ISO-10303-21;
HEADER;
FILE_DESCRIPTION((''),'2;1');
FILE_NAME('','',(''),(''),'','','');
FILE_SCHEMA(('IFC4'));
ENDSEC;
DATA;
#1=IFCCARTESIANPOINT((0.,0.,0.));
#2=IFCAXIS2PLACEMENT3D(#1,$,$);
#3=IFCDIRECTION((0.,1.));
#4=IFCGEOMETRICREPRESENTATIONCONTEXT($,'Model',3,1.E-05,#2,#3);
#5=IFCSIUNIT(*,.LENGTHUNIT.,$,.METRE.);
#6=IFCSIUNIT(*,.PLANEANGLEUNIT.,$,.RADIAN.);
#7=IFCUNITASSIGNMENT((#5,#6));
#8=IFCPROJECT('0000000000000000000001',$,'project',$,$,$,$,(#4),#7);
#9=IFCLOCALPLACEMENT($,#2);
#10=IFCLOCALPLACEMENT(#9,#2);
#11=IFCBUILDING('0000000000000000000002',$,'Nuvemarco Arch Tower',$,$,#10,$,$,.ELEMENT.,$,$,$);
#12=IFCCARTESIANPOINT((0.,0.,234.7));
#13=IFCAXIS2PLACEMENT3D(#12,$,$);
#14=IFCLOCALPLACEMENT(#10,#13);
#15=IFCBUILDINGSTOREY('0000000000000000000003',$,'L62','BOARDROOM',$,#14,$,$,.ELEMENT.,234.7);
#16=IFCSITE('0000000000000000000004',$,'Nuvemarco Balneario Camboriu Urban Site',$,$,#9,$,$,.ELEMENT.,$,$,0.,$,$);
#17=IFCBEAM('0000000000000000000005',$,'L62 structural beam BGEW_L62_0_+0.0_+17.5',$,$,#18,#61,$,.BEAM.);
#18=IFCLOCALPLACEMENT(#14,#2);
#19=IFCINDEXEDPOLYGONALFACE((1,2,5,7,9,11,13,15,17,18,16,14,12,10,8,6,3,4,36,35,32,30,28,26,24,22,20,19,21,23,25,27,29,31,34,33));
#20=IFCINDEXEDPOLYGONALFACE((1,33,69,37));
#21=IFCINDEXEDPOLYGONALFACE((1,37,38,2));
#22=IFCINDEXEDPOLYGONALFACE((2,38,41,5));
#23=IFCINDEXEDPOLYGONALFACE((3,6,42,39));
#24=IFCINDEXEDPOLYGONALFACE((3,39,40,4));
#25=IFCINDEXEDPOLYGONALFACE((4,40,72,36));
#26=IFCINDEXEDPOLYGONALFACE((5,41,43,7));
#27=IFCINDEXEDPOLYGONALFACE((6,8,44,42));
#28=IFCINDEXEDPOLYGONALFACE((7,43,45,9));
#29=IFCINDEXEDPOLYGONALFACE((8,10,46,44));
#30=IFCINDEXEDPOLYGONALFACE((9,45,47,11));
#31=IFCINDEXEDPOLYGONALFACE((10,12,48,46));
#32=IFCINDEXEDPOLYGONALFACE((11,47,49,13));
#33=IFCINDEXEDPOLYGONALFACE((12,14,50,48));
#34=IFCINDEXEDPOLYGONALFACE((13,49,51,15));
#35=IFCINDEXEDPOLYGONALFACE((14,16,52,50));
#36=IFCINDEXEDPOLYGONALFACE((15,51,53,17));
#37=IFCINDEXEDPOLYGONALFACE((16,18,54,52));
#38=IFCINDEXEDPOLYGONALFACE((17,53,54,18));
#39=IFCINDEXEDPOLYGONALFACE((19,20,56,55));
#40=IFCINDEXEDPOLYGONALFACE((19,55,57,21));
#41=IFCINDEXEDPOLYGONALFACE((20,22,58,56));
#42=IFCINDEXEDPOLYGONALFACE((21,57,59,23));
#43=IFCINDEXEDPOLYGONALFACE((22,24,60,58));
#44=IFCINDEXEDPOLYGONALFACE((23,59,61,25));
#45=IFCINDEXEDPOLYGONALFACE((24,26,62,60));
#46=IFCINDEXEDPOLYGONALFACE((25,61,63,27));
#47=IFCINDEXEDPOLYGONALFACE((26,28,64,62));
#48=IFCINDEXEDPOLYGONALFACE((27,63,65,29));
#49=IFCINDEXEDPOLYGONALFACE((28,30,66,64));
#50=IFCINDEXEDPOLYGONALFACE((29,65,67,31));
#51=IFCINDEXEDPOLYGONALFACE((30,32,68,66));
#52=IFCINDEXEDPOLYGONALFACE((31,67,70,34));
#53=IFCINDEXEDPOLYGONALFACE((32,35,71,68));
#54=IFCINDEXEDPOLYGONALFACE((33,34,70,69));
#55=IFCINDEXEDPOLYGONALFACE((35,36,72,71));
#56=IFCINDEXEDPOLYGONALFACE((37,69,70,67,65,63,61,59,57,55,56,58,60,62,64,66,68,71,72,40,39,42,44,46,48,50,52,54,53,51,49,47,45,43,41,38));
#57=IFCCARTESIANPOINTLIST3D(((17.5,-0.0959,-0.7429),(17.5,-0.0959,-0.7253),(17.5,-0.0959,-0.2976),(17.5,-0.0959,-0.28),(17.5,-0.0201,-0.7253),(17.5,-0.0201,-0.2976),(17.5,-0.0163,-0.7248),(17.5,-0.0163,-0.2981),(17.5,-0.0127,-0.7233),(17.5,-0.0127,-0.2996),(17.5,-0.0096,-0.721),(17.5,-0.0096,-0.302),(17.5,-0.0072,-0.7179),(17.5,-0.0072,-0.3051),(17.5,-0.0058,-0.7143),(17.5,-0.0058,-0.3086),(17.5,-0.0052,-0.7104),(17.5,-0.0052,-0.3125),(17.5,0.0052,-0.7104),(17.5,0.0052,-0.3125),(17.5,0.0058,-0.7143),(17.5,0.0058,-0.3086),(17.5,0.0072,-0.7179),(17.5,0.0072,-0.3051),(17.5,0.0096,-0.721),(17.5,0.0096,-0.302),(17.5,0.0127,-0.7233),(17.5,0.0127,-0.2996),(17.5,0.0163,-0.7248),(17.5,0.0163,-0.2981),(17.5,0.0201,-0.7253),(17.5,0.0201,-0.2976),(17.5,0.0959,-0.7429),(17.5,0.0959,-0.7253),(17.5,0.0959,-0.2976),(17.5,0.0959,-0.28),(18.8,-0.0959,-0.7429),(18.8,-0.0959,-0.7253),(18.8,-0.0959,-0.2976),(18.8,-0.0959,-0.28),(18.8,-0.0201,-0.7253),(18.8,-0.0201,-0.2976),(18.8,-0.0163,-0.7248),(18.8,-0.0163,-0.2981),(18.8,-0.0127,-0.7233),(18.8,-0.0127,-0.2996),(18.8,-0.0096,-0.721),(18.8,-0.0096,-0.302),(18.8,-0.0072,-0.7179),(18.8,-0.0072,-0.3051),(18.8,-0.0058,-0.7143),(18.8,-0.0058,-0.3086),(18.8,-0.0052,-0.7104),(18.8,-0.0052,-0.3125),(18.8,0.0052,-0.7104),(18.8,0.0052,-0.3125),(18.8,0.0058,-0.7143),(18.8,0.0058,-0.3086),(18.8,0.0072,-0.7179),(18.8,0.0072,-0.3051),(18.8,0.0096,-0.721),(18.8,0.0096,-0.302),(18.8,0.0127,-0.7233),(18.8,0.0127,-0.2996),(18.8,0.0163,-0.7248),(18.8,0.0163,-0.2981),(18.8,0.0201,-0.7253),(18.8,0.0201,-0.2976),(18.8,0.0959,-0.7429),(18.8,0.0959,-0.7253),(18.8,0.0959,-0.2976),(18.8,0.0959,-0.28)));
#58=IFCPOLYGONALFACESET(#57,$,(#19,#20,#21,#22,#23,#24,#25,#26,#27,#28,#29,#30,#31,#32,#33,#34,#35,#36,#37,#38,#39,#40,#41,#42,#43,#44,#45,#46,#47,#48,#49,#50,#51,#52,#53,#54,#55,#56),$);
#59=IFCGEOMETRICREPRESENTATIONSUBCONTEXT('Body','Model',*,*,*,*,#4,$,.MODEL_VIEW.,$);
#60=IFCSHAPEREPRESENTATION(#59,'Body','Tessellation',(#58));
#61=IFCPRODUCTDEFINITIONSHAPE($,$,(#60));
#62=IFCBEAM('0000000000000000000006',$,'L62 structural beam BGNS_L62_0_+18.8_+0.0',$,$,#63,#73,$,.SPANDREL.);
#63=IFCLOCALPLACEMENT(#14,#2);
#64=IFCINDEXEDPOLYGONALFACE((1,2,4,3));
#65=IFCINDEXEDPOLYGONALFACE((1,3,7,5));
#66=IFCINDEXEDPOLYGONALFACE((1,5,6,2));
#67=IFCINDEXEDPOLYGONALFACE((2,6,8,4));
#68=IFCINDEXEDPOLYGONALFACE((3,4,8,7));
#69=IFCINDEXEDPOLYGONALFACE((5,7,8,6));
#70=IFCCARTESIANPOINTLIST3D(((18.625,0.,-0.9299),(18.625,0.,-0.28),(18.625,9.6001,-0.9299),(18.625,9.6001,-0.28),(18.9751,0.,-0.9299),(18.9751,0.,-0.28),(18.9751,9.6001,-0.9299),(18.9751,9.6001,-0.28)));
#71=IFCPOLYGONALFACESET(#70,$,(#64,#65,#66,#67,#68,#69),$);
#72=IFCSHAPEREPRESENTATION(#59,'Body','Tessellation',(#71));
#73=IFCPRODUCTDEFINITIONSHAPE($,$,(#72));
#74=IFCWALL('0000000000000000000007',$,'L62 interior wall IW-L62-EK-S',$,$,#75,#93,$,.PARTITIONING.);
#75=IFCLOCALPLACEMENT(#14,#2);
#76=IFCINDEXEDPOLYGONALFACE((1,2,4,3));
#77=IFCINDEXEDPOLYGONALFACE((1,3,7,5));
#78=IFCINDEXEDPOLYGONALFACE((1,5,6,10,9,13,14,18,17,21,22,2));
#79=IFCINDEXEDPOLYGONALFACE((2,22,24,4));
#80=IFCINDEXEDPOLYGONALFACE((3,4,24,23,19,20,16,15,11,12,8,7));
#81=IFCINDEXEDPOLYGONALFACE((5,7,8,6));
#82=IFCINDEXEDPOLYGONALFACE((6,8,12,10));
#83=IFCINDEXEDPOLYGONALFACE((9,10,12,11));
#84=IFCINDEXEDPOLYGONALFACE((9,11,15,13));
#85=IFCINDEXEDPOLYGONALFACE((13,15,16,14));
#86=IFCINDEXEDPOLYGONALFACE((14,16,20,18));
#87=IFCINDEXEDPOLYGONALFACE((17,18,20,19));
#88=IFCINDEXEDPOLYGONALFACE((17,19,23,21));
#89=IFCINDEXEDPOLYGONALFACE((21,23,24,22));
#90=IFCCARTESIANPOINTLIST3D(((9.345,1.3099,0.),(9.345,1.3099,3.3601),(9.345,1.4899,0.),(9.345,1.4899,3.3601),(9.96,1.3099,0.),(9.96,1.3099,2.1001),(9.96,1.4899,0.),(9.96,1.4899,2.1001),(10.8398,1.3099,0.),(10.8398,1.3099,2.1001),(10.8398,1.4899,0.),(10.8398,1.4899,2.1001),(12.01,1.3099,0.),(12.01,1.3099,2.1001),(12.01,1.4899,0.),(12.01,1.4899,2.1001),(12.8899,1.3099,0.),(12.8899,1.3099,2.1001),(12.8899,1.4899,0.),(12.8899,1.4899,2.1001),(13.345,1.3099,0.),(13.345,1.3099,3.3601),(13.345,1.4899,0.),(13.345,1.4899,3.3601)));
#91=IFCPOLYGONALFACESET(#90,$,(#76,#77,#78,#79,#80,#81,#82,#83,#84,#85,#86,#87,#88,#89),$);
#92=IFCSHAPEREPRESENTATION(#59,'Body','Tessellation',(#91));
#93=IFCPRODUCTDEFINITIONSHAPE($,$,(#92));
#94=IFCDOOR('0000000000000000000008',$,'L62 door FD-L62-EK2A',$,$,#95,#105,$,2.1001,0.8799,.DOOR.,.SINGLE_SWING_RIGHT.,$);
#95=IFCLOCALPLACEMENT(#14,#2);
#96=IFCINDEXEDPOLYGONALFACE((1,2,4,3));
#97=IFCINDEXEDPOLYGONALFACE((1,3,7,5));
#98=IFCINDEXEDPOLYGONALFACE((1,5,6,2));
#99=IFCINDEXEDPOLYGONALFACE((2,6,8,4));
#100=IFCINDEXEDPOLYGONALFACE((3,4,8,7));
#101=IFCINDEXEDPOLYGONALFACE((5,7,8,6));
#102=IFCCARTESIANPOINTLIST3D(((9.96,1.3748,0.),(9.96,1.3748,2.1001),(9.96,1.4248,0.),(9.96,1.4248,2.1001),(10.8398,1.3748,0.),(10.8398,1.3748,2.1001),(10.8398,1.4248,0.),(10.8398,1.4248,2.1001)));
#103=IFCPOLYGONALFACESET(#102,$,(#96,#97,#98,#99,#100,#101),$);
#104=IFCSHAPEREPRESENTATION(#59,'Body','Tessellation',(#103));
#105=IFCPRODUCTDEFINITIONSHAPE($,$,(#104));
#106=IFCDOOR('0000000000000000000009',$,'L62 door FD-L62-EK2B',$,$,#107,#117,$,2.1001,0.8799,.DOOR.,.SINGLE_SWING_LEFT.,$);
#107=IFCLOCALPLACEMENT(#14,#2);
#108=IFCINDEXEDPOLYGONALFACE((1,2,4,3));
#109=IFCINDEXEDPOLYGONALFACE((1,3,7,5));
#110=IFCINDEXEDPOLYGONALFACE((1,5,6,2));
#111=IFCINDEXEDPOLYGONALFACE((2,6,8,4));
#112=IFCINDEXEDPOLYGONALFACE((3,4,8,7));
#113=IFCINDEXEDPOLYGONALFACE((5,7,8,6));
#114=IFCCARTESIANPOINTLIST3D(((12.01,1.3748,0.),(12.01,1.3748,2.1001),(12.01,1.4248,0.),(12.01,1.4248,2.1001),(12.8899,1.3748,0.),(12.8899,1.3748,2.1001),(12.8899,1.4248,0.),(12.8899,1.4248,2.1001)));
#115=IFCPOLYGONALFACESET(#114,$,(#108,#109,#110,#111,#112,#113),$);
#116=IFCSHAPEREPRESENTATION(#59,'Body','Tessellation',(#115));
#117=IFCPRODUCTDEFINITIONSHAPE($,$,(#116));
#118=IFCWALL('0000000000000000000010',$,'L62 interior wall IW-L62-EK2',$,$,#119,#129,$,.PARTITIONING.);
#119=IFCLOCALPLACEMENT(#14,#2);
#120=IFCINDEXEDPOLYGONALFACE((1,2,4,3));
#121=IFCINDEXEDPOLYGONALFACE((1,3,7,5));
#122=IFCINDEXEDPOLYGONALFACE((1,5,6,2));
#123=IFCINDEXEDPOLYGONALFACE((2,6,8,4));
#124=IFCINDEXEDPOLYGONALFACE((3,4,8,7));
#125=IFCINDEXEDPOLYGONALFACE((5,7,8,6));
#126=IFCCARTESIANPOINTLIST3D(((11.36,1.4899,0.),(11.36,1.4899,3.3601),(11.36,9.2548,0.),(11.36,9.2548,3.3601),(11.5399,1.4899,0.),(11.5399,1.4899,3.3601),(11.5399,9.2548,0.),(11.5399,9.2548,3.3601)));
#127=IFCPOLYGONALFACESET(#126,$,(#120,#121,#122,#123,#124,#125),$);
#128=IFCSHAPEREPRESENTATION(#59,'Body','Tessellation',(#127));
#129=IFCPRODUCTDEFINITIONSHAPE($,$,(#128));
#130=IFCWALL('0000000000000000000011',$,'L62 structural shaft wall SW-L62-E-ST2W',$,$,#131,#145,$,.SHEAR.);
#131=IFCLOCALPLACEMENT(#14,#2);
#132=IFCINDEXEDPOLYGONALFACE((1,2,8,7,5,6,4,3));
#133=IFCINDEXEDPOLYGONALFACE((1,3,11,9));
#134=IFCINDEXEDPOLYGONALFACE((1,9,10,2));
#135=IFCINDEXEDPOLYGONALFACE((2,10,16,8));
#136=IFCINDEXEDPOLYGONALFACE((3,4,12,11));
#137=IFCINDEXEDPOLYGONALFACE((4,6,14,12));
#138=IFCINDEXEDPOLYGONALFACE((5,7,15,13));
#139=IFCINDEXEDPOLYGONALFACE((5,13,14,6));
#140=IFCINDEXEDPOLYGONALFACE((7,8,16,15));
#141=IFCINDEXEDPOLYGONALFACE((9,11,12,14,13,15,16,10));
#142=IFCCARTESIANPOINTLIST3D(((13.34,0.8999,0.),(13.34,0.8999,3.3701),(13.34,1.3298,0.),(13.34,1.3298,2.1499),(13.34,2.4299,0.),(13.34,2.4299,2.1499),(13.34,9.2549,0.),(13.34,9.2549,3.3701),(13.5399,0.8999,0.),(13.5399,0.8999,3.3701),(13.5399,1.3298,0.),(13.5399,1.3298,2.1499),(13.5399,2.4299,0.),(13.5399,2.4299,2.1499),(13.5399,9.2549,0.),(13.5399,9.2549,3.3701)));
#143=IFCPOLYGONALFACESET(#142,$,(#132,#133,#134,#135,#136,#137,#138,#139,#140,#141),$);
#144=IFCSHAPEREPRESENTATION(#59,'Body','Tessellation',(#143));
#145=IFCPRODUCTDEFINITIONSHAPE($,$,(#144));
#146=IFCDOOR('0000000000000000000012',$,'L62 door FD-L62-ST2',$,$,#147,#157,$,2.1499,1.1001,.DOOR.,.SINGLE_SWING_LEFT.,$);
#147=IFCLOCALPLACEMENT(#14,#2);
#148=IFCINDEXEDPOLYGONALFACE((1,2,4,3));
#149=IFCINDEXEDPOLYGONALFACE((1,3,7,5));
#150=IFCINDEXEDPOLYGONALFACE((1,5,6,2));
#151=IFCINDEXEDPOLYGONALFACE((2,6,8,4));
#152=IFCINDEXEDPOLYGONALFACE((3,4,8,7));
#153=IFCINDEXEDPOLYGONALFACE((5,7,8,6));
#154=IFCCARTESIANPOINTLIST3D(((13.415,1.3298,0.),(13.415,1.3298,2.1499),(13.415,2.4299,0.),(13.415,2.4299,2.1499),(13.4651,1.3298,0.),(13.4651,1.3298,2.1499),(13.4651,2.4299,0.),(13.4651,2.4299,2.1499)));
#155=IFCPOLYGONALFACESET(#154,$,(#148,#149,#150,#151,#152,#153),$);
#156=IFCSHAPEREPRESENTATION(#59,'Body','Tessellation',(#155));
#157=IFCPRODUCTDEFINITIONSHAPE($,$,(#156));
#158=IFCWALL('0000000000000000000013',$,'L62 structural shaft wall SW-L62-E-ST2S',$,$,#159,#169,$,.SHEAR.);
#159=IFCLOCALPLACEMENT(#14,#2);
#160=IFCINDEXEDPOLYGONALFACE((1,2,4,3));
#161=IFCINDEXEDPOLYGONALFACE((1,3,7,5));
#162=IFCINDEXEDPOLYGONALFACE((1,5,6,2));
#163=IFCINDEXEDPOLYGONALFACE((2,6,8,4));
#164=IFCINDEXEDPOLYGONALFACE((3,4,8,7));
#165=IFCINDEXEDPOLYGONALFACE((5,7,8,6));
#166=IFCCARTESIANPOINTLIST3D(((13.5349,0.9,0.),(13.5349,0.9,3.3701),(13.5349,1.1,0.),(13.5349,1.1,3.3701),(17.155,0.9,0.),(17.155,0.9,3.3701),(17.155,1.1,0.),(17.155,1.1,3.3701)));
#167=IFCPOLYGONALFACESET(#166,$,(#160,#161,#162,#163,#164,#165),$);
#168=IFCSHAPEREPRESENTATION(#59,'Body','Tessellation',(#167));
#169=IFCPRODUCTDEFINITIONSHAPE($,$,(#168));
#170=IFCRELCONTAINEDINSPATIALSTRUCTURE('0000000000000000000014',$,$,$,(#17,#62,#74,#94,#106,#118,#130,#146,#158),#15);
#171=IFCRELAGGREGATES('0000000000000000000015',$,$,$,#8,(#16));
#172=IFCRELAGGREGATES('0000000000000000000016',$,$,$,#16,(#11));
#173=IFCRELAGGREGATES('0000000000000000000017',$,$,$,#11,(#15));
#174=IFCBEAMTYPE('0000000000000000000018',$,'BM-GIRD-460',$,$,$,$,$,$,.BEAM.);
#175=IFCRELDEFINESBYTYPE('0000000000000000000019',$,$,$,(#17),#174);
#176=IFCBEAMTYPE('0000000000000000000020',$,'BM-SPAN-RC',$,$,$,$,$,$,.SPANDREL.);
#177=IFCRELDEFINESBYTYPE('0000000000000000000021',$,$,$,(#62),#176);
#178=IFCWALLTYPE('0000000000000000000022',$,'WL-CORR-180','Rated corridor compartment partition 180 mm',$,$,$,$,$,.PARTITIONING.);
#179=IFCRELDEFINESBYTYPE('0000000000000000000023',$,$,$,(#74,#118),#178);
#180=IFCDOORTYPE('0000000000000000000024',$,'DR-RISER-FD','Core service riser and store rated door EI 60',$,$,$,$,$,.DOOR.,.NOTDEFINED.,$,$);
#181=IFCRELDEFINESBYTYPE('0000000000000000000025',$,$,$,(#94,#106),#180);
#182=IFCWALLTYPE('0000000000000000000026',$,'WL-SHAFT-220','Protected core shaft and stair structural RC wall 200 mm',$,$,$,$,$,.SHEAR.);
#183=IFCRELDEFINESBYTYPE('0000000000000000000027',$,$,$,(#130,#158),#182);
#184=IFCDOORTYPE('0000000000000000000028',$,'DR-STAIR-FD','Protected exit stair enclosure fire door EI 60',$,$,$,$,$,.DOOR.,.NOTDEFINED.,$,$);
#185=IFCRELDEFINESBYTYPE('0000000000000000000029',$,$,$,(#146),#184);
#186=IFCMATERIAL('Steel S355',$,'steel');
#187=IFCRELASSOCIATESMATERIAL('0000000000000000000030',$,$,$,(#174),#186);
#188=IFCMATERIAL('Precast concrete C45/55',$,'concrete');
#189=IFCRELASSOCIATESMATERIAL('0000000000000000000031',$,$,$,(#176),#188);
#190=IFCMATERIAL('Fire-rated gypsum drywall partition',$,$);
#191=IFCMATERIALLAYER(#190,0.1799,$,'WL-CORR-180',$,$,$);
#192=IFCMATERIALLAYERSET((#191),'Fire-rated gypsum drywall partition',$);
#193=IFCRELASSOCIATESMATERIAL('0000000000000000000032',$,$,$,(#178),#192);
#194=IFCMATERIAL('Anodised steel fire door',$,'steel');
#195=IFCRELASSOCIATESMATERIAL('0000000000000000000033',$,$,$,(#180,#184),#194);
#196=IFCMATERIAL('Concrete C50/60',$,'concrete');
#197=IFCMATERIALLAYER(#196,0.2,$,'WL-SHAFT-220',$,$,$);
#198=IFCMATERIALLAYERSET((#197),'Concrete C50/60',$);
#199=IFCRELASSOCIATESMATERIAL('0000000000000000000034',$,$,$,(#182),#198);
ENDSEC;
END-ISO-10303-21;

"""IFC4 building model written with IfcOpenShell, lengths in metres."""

from ifc_helpers import new_model, si_unit, direction, frame, frame_2d, origin, origin_2d, place, context, subcontext, project, spatial, rectangle, i_section, extrude, source, transform, mapped, material, layer, layer_set, material_profile, profile_set, type_object, type_shapes, element, fill, save


model = new_model("IFC4")

# Units and contexts
model_context = context("Model", 3, precision=1e-05, world=origin(), true_north=direction((0.0, 1.0)))
body_context = subcontext(model_context, "Body", "Model", "MODEL_VIEW")
ifc_project = project(units=[si_unit("LENGTHUNIT", "METRE"), si_unit("PLANEANGLEUNIT", "RADIAN")], contexts=[model_context])

# Site, building, storey
site_placement = place(None, origin())
site = spatial("IfcSite", under=ifc_project, at=site_placement, Name="Nuvemarco Balneario Camboriu Urban Site", CompositionType="ELEMENT", RefElevation=0.0)
building_placement = place(site_placement, origin())
building = spatial("IfcBuilding", under=site, at=building_placement, Name="Nuvemarco Arch Tower", CompositionType="ELEMENT")
storey_placement = place(building_placement, frame((0.0, 0.0, 234.7)))
storey = spatial("IfcBuildingStorey", under=building, at=storey_placement, Name="L62", Description="BOARDROOM", CompositionType="ELEMENT", Elevation=234.7)

# Shared definitions
ifc_material_1 = material(Name="Concrete C50/60", Category="concrete")
ifc_material_2 = material(Name="Steel S355", Category="steel")

# Beams
ifc_material_profile_1 = material_profile(ifc_material_2, i_section(OverallWidth=0.1919, OverallDepth=0.4629, WebThickness=0.0105, FlangeThickness=0.0176, FilletRadius=0.0149, at=origin_2d()), Name="W460x89")
ifc_profile_set_1 = profile_set([ifc_material_profile_1], Name="Steel S355")
beam_type_1 = type_object("IfcBeamType", Name="BM-GIRD-460", PredefinedType="BEAM", material=ifc_profile_set_1)
beam_1_placement = place(storey_placement, frame((17.5, 0.0, -0.5115), z_axis=(1.0, 0.0, 0.0), x_axis=(0.0, 1.0, 0.0)))
element("IfcBeam", 1, at=beam_1_placement, inside=storey, type_object=beam_type_1, Name="L62 structural beam BGEW_L62_0_+0.0_+17.5", PredefinedType="BEAM", context=body_context, shape_type="SweptSolid", body=[
    extrude(i_section(OverallWidth=0.1919, OverallDepth=0.4629, WebThickness=0.0105, FlangeThickness=0.0176, FilletRadius=0.0149, at=origin_2d()), origin(), (0.0, 0.0, 1.0), 1.3),
])
ifc_material_3 = material(Name="Precast concrete C45/55", Category="concrete")
ifc_material_profile_2 = material_profile(ifc_material_3, rectangle(XDim=0.3501, YDim=0.6499, at=origin_2d()), Name="PC-SP-350x650")
ifc_profile_set_2 = profile_set([ifc_material_profile_2], Name="Precast concrete C45/55")
beam_type_2 = type_object("IfcBeamType", Name="BM-SPAN-RC", PredefinedType="SPANDREL", material=ifc_profile_set_2)
beam_2_placement = place(storey_placement, frame((18.8, 0.0, -0.605), z_axis=(0.0, 1.0, 0.0), x_axis=(-1.0, 0.0, 0.0)))
element("IfcBeam", 2, at=beam_2_placement, inside=storey, type_object=beam_type_2, Name="L62 structural beam BGNS_L62_0_+18.8_+0.0", PredefinedType="SPANDREL", context=body_context, shape_type="SweptSolid", body=[
    extrude(rectangle(XDim=0.3501, YDim=0.6499, at=origin_2d()), origin(), (0.0, 0.0, 1.0), 9.6001),
])

# Wall, openings, doors
ifc_material_4 = material(Name="Fire-rated gypsum drywall partition")
ifc_layer_1 = layer(ifc_material_4, 0.1799, Name="WL-CORR-180")
ifc_layer_set_1 = layer_set([ifc_layer_1], Name="Fire-rated gypsum drywall partition")
wall_type_1 = type_object("IfcWallType", Name="WL-CORR-180", Description="Rated corridor compartment partition 180 mm", PredefinedType="PARTITIONING", material=ifc_layer_set_1)
wall_1_placement = place(storey_placement, frame((9.345, 1.3999, 0.0), z_axis=(0.0, 0.0, 1.0), x_axis=(1.0, 0.0, 0.0)))
wall_1 = element("IfcWall", 3, at=wall_1_placement, inside=storey, type_object=wall_type_1, Name="L62 interior wall IW-L62-EK-S", PredefinedType="PARTITIONING", context=body_context, shape_type="SweptSolid", body=[
    extrude(rectangle(XDim=4.0, YDim=0.1799, at=frame_2d((2.0, 0.0))), origin(), (0.0, 0.0, 1.0), 3.3601),
])
opening_1_placement = place(wall_1_placement, frame((0.615, 0.0, 0.0)))
opening_1 = element("IfcOpeningElement", 4, at=opening_1_placement, cuts=wall_1, PredefinedType="OPENING", context=body_context, shape_type="SweptSolid", body=[
    extrude(rectangle(XDim=0.8799, YDim=2.1001, at=frame_2d((0.4399, 1.05))), frame((0.0, 0.0999, 0.0), z_axis=(0.0, -1.0, 0.0), x_axis=(1.0, 0.0, 0.0)), (0.0, 0.0, 1.0), 0.2),
])
opening_2_placement = place(wall_1_placement, frame((2.665, 0.0, 0.0)))
opening_2 = element("IfcOpeningElement", 5, at=opening_2_placement, cuts=wall_1, PredefinedType="OPENING", context=body_context, shape_type="SweptSolid", body=[
    extrude(rectangle(XDim=0.8799, YDim=2.1001, at=frame_2d((0.4399, 1.05))), frame((0.0, 0.0999, 0.0), z_axis=(0.0, -1.0, 0.0), x_axis=(1.0, 0.0, 0.0)), (0.0, 0.0, 1.0), 0.2),
])
ifc_material_5 = material(Name="Anodised steel fire door", Category="steel")
door_type_1 = type_object("IfcDoorType", Name="DR-RISER-FD", Description="Core service riser and store rated door EI 60", OperationType="NOTDEFINED", PredefinedType="DOOR", material=ifc_material_5)
shared_shape_1 = source(origin(), body_context, "Body", "SweptSolid", [
    extrude(rectangle(XDim=0.8799, YDim=2.1001, at=frame_2d((0.4399, 1.05))), frame((0.0, 0.0249, 0.0), z_axis=(0.0, -1.0, 0.0), x_axis=(1.0, 0.0, 0.0)), (0.0, 0.0, 1.0), 0.05),
])
type_shapes(door_type_1, [shared_shape_1])
door_1_placement = place(opening_1_placement, origin())
door_1 = element("IfcDoor", 6, at=door_1_placement, inside=storey, type_object=door_type_1, Name="L62 door FD-L62-EK2A", OperationType="SINGLE_SWING_RIGHT", OverallHeight=2.1001, OverallWidth=0.8799, PredefinedType="DOOR", context=body_context, shape_type="MappedRepresentation", body=[
    mapped(shared_shape_1, transform((0.0, 0.0, 0.0), scale=1.0)),
])
fill(opening_1, door_1)
door_2_placement = place(opening_2_placement, origin())
door_2 = element("IfcDoor", 7, at=door_2_placement, inside=storey, type_object=door_type_1, Name="L62 door FD-L62-EK2B", OperationType="SINGLE_SWING_LEFT", OverallHeight=2.1001, OverallWidth=0.8799, PredefinedType="DOOR", context=body_context, shape_type="MappedRepresentation", body=[
    mapped(shared_shape_1, transform((0.0, 0.0, 0.0), scale=1.0)),
])
fill(opening_2, door_2)

# Wall
wall_2_placement = place(storey_placement, frame((11.45, 1.49, 0.0), z_axis=(0.0, 0.0, 1.0), x_axis=(0.0, 1.0, 0.0)))
element("IfcWall", 8, at=wall_2_placement, inside=storey, type_object=wall_type_1, Name="L62 interior wall IW-L62-EK2", PredefinedType="PARTITIONING", context=body_context, shape_type="SweptSolid", body=[
    extrude(rectangle(XDim=7.7649, YDim=0.1799, at=frame_2d((3.8823, 0.0))), origin(), (0.0, 0.0, 1.0), 3.3601),
])

# Wall, opening, door
ifc_layer_2 = layer(ifc_material_1, 0.2, Name="WL-SHAFT-220")
ifc_layer_set_2 = layer_set([ifc_layer_2], Name="Concrete C50/60")
wall_type_2 = type_object("IfcWallType", Name="WL-SHAFT-220", Description="Protected core shaft and stair structural RC wall 200 mm", PredefinedType="SHEAR", material=ifc_layer_set_2)
wall_3_placement = place(storey_placement, frame((13.4399, 0.8999, 0.0), z_axis=(0.0, 0.0, 1.0), x_axis=(0.0, 1.0, 0.0)))
wall_3 = element("IfcWall", 9, at=wall_3_placement, inside=storey, type_object=wall_type_2, Name="L62 structural shaft wall SW-L62-E-ST2W", PredefinedType="SHEAR", context=body_context, shape_type="SweptSolid", body=[
    extrude(rectangle(XDim=8.355, YDim=0.2, at=frame_2d((4.1775, 0.0))), origin(), (0.0, 0.0, 1.0), 3.3701),
])
opening_3_placement = place(wall_3_placement, frame((0.4299, 0.0, 0.0)))
opening_3 = element("IfcOpeningElement", 10, at=opening_3_placement, cuts=wall_3, PredefinedType="OPENING", context=body_context, shape_type="SweptSolid", body=[
    extrude(rectangle(XDim=1.1001, YDim=2.1499, at=frame_2d((0.55, 1.075))), frame((0.0, 0.1099, 0.0), z_axis=(0.0, -1.0, 0.0), x_axis=(1.0, 0.0, 0.0)), (0.0, 0.0, 1.0), 0.22),
])
door_type_2 = type_object("IfcDoorType", Name="DR-STAIR-FD", Description="Protected exit stair enclosure fire door EI 60", OperationType="NOTDEFINED", PredefinedType="DOOR", material=ifc_material_5)
shared_shape_2 = source(origin(), body_context, "Body", "SweptSolid", [
    extrude(rectangle(XDim=1.1001, YDim=2.1499, at=frame_2d((0.55, 1.075))), frame((0.0, 0.0249, 0.0), z_axis=(0.0, -1.0, 0.0), x_axis=(1.0, 0.0, 0.0)), (0.0, 0.0, 1.0), 0.05),
])
type_shapes(door_type_2, [shared_shape_2])
door_3_placement = place(opening_3_placement, origin())
door_3 = element("IfcDoor", 11, at=door_3_placement, inside=storey, type_object=door_type_2, Name="L62 door FD-L62-ST2", OperationType="SINGLE_SWING_LEFT", OverallHeight=2.1499, OverallWidth=1.1001, PredefinedType="DOOR", context=body_context, shape_type="MappedRepresentation", body=[
    mapped(shared_shape_2, transform((0.0, 0.0, 0.0), scale=1.0)),
])
fill(opening_3, door_3)

# Wall
wall_4_placement = place(storey_placement, frame((13.5349, 1.0, 0.0), z_axis=(0.0, 0.0, 1.0), x_axis=(1.0, 0.0, 0.0)))
element("IfcWall", 12, at=wall_4_placement, inside=storey, type_object=wall_type_2, Name="L62 structural shaft wall SW-L62-E-ST2S", PredefinedType="SHEAR", context=body_context, shape_type="SweptSolid", body=[
    extrude(rectangle(XDim=3.6201, YDim=0.2, at=frame_2d((1.8101, 0.0))), origin(), (0.0, 0.0, 1.0), 3.3701),
])

save(model, "model.ifc")
